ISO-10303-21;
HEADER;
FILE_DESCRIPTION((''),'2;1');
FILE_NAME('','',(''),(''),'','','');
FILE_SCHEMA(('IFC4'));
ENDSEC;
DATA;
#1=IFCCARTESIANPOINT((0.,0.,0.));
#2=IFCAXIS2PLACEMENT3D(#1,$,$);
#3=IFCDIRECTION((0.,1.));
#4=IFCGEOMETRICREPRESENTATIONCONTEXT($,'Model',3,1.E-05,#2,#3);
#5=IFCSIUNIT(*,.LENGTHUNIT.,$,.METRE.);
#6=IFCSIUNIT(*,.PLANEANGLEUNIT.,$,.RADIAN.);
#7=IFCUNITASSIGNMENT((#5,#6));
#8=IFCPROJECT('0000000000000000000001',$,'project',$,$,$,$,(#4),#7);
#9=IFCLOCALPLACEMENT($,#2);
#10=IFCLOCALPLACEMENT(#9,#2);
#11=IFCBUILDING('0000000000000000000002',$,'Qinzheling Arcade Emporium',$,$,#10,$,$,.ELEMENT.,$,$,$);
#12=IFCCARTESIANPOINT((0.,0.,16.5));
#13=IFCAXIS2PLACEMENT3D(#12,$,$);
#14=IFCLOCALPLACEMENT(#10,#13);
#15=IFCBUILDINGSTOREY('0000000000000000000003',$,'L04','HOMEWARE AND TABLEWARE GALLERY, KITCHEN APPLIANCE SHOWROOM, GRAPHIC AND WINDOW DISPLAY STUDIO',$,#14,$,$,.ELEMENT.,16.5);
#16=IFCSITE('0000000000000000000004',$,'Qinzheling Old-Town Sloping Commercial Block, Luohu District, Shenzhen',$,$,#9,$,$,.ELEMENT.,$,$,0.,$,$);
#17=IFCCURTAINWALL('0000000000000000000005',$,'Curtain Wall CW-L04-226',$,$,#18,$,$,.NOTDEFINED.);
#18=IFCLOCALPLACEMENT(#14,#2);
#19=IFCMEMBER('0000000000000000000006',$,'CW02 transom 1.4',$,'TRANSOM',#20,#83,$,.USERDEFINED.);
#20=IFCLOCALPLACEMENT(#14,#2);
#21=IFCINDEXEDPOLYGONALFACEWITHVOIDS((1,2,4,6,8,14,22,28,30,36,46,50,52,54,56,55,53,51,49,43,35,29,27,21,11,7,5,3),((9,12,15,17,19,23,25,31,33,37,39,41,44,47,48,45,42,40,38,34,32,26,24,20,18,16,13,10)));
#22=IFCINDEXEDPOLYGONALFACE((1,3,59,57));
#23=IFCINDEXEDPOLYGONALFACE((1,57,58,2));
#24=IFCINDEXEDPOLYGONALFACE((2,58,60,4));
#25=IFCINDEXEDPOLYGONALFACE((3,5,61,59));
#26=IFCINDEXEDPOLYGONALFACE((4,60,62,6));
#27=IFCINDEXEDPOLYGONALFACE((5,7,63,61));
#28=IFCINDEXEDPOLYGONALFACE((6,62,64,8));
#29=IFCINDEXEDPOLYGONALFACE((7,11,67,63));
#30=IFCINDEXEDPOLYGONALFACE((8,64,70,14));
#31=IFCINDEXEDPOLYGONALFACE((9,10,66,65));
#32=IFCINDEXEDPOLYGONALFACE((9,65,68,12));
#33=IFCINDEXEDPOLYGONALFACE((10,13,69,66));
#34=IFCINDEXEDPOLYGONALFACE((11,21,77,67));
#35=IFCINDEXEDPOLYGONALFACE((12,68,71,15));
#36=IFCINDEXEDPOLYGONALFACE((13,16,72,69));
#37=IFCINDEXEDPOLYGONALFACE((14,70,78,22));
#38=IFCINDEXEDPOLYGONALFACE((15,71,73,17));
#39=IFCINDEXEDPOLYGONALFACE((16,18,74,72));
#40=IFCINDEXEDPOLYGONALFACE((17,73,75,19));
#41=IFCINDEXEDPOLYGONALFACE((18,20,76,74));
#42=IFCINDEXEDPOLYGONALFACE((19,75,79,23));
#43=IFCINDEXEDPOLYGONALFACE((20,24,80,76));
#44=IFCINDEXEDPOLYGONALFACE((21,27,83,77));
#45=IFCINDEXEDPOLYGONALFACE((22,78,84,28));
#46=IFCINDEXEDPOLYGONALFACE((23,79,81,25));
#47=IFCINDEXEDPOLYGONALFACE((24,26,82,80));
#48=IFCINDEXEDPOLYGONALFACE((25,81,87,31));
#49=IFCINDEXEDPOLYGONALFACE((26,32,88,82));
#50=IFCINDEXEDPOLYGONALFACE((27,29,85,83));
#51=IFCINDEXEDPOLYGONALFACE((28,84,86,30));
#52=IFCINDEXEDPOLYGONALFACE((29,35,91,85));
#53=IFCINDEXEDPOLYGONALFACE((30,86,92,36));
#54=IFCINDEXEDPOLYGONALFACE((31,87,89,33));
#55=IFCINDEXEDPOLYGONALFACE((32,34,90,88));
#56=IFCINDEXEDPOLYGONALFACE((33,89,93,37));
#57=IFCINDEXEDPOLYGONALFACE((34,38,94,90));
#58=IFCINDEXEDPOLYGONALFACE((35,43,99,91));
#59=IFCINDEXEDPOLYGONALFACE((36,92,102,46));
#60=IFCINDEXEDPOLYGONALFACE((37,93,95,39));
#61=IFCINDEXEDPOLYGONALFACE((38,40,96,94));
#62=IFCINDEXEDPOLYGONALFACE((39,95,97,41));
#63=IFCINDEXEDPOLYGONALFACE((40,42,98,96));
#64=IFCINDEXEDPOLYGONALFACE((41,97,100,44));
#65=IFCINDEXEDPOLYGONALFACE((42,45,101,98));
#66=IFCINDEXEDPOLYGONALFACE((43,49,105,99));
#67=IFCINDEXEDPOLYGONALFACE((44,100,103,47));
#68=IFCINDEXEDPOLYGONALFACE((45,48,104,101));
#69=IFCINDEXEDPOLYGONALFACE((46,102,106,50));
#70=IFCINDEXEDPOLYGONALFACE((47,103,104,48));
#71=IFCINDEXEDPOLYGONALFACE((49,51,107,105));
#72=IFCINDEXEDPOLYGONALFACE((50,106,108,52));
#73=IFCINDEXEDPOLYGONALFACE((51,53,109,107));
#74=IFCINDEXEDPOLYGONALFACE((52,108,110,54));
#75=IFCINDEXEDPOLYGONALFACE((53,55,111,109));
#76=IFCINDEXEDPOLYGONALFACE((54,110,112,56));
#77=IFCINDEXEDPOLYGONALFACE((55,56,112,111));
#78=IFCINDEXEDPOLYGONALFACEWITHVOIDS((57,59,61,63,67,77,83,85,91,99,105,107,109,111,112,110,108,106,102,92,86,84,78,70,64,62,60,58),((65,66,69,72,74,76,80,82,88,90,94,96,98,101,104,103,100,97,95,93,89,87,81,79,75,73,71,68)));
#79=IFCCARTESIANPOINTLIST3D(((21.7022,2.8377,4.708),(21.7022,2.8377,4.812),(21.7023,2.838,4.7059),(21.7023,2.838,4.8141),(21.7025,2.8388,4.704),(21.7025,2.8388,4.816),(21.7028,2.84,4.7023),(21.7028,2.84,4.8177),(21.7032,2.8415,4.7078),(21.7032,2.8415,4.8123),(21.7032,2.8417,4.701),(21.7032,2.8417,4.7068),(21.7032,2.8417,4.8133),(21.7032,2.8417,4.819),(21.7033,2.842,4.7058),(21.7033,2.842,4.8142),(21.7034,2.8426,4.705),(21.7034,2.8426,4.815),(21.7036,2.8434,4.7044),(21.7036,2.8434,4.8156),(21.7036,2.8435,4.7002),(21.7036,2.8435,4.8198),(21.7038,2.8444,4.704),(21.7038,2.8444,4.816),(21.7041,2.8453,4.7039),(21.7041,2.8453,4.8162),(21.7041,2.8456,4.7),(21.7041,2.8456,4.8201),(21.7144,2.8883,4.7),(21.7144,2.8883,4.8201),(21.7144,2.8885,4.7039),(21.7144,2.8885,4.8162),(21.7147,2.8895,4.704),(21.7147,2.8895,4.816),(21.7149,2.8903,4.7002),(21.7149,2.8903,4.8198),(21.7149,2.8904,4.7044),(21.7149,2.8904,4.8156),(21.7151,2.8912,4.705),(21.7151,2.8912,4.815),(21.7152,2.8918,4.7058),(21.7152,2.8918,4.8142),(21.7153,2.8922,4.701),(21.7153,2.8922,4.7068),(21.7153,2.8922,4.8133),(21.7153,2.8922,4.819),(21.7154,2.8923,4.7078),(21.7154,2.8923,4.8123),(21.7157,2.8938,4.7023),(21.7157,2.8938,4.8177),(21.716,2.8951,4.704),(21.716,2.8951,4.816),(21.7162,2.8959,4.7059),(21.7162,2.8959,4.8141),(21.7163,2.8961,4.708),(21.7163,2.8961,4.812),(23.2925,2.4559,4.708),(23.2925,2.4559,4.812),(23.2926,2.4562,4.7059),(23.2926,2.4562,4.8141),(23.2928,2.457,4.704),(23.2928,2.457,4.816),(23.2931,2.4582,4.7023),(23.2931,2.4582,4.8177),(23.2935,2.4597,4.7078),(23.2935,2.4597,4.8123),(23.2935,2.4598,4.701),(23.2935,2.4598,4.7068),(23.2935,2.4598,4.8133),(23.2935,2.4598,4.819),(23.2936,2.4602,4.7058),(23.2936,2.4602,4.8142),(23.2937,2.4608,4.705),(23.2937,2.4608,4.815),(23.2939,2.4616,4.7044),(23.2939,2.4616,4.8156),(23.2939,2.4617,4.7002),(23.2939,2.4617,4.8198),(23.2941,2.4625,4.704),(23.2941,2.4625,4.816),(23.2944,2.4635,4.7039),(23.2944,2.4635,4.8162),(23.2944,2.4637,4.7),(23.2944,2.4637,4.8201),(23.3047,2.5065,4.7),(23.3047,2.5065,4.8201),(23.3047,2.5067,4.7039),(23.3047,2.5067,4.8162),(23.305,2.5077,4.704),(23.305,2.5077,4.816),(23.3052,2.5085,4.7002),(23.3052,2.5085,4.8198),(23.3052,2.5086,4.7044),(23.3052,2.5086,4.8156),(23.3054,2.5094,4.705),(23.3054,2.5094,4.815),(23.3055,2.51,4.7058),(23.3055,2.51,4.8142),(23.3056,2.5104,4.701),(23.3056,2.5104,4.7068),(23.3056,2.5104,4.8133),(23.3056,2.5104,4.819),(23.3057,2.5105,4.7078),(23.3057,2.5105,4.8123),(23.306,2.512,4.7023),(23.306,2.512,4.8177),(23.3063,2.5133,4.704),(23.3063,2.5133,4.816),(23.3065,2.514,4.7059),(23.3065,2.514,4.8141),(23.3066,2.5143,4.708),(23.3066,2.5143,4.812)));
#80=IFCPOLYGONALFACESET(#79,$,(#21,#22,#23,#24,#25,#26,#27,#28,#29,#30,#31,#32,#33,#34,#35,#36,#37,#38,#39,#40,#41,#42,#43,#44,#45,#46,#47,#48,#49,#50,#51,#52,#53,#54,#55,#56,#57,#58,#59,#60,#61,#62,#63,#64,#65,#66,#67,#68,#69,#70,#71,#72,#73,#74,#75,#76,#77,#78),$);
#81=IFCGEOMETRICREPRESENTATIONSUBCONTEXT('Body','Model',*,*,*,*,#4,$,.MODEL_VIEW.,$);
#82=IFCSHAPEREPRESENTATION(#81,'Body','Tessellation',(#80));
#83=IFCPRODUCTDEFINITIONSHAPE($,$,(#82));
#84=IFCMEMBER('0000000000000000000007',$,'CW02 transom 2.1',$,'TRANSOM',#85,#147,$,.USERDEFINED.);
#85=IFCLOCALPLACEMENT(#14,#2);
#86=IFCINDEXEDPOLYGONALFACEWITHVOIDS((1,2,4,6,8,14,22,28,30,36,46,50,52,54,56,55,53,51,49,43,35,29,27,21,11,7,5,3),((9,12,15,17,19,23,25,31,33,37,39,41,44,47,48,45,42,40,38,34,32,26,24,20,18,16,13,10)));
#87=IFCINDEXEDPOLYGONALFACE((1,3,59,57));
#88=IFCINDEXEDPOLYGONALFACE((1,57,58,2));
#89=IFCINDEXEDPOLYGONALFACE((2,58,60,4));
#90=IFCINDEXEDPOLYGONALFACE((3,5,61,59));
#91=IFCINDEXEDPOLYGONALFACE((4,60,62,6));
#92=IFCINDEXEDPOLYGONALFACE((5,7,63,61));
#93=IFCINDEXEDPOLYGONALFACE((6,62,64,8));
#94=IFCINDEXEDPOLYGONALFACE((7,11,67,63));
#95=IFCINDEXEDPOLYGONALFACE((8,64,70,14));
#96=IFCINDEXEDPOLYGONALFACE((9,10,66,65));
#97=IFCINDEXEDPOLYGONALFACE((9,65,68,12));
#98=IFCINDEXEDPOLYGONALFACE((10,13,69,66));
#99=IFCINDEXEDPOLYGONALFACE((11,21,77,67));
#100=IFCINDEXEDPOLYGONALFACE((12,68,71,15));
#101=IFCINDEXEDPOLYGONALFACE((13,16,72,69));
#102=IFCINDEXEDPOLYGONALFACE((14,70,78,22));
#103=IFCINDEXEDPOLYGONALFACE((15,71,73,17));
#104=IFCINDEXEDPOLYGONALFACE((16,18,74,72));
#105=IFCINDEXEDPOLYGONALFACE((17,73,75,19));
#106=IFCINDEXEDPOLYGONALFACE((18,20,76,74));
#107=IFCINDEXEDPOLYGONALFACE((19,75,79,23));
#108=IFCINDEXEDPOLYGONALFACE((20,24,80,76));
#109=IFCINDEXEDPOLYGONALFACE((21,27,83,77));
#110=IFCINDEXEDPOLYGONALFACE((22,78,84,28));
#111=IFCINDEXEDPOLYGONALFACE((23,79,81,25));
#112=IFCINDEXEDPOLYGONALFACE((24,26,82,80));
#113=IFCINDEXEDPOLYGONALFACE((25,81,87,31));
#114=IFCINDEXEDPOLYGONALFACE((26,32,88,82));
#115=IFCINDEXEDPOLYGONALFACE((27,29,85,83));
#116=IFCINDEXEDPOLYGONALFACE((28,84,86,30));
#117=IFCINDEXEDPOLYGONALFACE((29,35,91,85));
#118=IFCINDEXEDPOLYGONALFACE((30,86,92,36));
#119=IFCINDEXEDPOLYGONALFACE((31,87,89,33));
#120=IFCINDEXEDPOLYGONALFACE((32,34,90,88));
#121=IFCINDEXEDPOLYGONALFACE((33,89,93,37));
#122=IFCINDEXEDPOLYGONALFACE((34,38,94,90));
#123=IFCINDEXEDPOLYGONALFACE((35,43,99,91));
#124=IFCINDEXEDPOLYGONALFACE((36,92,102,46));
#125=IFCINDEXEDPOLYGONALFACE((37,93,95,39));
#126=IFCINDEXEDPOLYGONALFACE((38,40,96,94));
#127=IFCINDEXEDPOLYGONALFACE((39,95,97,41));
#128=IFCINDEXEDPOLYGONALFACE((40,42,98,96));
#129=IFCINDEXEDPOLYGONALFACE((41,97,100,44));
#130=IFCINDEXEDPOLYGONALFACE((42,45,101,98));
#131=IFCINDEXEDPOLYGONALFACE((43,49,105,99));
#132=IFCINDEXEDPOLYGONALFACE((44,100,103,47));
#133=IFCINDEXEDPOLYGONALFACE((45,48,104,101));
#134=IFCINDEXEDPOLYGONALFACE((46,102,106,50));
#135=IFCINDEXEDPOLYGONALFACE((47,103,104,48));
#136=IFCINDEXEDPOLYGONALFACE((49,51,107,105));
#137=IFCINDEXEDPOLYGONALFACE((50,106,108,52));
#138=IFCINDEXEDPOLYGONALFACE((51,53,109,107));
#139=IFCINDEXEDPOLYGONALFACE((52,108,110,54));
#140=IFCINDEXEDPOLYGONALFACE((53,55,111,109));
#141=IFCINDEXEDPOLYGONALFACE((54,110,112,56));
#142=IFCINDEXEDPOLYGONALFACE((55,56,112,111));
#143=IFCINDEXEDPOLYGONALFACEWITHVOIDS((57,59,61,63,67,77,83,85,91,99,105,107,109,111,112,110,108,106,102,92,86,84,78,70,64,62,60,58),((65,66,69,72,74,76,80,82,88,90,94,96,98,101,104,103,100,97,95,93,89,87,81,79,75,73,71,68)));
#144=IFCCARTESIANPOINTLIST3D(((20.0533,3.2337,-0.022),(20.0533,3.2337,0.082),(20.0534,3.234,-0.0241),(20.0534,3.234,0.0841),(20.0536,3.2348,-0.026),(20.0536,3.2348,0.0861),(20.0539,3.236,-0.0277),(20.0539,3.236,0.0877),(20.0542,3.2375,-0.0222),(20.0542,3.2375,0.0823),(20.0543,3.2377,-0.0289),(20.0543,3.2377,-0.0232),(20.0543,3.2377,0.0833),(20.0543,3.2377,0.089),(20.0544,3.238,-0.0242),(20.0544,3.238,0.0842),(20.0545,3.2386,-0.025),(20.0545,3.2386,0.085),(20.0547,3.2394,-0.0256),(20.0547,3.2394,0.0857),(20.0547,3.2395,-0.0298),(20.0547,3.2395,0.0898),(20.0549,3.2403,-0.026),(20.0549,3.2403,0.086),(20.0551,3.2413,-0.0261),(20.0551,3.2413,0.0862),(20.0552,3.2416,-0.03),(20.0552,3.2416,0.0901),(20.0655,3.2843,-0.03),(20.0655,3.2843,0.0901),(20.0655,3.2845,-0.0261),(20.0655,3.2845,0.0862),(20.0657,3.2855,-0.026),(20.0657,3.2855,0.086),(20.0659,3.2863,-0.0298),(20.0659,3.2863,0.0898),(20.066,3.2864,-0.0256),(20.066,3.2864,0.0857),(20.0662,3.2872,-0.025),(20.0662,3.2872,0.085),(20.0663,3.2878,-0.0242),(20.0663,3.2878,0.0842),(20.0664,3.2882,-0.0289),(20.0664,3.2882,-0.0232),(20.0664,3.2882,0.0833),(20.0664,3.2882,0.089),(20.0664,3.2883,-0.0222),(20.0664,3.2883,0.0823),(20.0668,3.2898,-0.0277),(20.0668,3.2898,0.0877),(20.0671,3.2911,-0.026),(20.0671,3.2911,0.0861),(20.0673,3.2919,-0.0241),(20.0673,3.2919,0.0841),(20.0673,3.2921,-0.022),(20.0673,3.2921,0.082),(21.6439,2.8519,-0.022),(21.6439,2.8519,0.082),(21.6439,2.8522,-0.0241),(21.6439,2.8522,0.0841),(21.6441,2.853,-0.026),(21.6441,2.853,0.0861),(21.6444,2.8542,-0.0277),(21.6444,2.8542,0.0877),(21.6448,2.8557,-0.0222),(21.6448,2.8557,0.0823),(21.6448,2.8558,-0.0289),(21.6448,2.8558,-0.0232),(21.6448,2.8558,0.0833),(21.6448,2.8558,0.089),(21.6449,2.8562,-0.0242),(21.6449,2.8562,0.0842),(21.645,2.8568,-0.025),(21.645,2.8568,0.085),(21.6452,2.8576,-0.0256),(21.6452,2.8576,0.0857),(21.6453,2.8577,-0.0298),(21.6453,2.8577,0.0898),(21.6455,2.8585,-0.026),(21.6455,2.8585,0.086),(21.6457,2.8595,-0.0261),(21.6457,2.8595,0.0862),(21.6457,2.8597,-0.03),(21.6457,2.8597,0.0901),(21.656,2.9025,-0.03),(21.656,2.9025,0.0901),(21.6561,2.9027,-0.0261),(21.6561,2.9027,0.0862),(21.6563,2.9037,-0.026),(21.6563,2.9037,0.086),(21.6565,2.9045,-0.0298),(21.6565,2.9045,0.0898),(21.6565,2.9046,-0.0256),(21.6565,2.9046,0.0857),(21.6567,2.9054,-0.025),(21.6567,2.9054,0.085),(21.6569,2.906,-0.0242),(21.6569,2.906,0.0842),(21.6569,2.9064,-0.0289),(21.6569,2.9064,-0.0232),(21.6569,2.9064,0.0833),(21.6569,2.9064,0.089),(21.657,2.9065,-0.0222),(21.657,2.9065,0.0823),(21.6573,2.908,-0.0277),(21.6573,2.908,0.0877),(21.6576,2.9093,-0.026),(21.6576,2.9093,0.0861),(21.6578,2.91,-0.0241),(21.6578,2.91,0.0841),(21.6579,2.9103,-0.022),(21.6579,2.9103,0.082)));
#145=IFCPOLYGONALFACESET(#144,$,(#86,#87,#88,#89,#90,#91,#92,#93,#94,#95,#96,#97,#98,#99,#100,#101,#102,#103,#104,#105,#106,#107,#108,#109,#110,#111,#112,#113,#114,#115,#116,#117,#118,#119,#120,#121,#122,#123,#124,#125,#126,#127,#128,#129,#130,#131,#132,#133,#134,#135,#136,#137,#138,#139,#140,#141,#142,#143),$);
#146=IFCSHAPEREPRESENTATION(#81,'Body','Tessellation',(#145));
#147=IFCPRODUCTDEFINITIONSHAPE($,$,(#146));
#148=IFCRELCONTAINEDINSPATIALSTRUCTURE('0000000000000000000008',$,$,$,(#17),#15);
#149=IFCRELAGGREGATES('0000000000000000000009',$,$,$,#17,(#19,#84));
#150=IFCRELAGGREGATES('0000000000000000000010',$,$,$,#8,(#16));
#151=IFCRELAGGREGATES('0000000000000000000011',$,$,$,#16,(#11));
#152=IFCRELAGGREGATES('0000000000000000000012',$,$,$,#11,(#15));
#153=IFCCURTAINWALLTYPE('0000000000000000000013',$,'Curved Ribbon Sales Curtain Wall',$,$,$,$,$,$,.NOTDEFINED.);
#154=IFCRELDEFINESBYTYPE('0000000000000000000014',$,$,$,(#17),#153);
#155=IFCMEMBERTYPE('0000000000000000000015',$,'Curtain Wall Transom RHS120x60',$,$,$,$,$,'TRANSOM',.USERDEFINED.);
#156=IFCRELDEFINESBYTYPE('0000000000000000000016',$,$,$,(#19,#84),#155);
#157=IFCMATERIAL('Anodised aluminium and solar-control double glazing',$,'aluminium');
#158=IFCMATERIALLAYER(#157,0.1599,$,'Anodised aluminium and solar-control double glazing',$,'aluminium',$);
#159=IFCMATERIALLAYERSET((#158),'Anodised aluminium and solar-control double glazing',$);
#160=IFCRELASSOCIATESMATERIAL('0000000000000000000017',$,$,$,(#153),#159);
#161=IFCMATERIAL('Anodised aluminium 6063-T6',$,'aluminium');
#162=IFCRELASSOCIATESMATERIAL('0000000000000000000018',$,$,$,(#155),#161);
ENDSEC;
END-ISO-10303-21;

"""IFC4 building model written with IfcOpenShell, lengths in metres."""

from ifc_helpers import new_model, si_unit, direction, frame, origin, origin_2d, place, context, subcontext, project, spatial, hollow_rectangle, extrude, material, layer, layer_set, material_profile, profile_set, type_object, element, aggregate, save


model = new_model("IFC4")

# Units and contexts
model_context = context("Model", 3, precision=1e-05, world=origin(), true_north=direction((0.0, 1.0)))
body_context = subcontext(model_context, "Body", "Model", "MODEL_VIEW")
ifc_project = project(units=[si_unit("LENGTHUNIT", "METRE"), si_unit("PLANEANGLEUNIT", "RADIAN")], contexts=[model_context])

# Site, building, storey
site_placement = place(None, origin())
site = spatial("IfcSite", under=ifc_project, at=site_placement, Name="Qinzheling Old-Town Sloping Commercial Block, Luohu District, Shenzhen", CompositionType="ELEMENT", RefElevation=0.0)
building_placement = place(site_placement, origin())
building = spatial("IfcBuilding", under=site, at=building_placement, Name="Qinzheling Arcade Emporium", CompositionType="ELEMENT")
storey_placement = place(building_placement, frame((0.0, 0.0, 16.5)))
storey = spatial("IfcBuildingStorey", under=building, at=storey_placement, Name="L04", Description="HOMEWARE AND TABLEWARE GALLERY, KITCHEN APPLIANCE SHOWROOM, GRAPHIC AND WINDOW DISPLAY STUDIO", CompositionType="ELEMENT", Elevation=16.5)

# Curtain wall
ifc_material_1 = material(Name="Anodised aluminium and solar-control double glazing", Category="aluminium")
ifc_layer_1 = layer(ifc_material_1, 0.1599, Name="Anodised aluminium and solar-control double glazing", Category="aluminium")
ifc_layer_set_1 = layer_set([ifc_layer_1], Name="Anodised aluminium and solar-control double glazing")
curtain_wall_type = type_object("IfcCurtainWallType", Name="Curved Ribbon Sales Curtain Wall", PredefinedType="NOTDEFINED", material=ifc_layer_set_1)
ifc_material_2 = material(Name="Anodised aluminium 6063-T6", Category="aluminium")
curtain_wall_1_placement = place(storey_placement, origin())
curtain_wall_1 = element("IfcCurtainWall", 1, at=curtain_wall_1_placement, inside=storey, type_object=curtain_wall_type, Name="Curtain Wall CW-L04-226", PredefinedType="NOTDEFINED")

# Members
ifc_material_profile_1 = material_profile(ifc_material_2, hollow_rectangle(XDim=0.0601, YDim=0.1201, WallThickness=0.0039, InnerFilletRadius=0.0039, OuterFilletRadius=0.0081, at=origin_2d()), Name="RHS 120x60x4", Category="aluminium")
ifc_profile_set_1 = profile_set([ifc_material_profile_1], Name="Anodised aluminium 6063-T6")
member_type_1 = type_object("IfcMemberType", Name="Curtain Wall Transom RHS120x60", ElementType="TRANSOM", PredefinedType="USERDEFINED", material=ifc_profile_set_1)
member_1_placement = place(storey_placement, frame((23.2996, 2.4851, 4.76), z_axis=(-0.972366, 0.233463, 0.0), x_axis=(-0.233463, -0.972366, 0.0)))
member_1 = element("IfcMember", 2, at=member_1_placement, type_object=member_type_1, Name="CW02 transom 1.4", ObjectType="TRANSOM", PredefinedType="USERDEFINED", context=body_context, shape_type="SweptSolid", body=[
    extrude(hollow_rectangle(XDim=0.0601, YDim=0.1201, WallThickness=0.0039, InnerFilletRadius=0.0039, OuterFilletRadius=0.0081, at=origin_2d()), origin(), (0.0, 0.0, 1.0), 1.6355),
])
member_2_placement = place(storey_placement, frame((21.6509, 2.8811, 0.03), z_axis=(-0.972374, 0.233429, 0.0), x_axis=(-0.233429, -0.972374, 0.0)))
member_2 = element("IfcMember", 3, at=member_2_placement, type_object=member_type_1, Name="CW02 transom 2.1", ObjectType="TRANSOM", PredefinedType="USERDEFINED", context=body_context, shape_type="SweptSolid", body=[
    extrude(hollow_rectangle(XDim=0.0601, YDim=0.1201, WallThickness=0.0039, InnerFilletRadius=0.0039, OuterFilletRadius=0.0081, at=origin_2d()), origin(), (0.0, 0.0, 1.0), 1.6357),
])

aggregate(curtain_wall_1, [member_1, member_2])

save(model, "model.ifc")
